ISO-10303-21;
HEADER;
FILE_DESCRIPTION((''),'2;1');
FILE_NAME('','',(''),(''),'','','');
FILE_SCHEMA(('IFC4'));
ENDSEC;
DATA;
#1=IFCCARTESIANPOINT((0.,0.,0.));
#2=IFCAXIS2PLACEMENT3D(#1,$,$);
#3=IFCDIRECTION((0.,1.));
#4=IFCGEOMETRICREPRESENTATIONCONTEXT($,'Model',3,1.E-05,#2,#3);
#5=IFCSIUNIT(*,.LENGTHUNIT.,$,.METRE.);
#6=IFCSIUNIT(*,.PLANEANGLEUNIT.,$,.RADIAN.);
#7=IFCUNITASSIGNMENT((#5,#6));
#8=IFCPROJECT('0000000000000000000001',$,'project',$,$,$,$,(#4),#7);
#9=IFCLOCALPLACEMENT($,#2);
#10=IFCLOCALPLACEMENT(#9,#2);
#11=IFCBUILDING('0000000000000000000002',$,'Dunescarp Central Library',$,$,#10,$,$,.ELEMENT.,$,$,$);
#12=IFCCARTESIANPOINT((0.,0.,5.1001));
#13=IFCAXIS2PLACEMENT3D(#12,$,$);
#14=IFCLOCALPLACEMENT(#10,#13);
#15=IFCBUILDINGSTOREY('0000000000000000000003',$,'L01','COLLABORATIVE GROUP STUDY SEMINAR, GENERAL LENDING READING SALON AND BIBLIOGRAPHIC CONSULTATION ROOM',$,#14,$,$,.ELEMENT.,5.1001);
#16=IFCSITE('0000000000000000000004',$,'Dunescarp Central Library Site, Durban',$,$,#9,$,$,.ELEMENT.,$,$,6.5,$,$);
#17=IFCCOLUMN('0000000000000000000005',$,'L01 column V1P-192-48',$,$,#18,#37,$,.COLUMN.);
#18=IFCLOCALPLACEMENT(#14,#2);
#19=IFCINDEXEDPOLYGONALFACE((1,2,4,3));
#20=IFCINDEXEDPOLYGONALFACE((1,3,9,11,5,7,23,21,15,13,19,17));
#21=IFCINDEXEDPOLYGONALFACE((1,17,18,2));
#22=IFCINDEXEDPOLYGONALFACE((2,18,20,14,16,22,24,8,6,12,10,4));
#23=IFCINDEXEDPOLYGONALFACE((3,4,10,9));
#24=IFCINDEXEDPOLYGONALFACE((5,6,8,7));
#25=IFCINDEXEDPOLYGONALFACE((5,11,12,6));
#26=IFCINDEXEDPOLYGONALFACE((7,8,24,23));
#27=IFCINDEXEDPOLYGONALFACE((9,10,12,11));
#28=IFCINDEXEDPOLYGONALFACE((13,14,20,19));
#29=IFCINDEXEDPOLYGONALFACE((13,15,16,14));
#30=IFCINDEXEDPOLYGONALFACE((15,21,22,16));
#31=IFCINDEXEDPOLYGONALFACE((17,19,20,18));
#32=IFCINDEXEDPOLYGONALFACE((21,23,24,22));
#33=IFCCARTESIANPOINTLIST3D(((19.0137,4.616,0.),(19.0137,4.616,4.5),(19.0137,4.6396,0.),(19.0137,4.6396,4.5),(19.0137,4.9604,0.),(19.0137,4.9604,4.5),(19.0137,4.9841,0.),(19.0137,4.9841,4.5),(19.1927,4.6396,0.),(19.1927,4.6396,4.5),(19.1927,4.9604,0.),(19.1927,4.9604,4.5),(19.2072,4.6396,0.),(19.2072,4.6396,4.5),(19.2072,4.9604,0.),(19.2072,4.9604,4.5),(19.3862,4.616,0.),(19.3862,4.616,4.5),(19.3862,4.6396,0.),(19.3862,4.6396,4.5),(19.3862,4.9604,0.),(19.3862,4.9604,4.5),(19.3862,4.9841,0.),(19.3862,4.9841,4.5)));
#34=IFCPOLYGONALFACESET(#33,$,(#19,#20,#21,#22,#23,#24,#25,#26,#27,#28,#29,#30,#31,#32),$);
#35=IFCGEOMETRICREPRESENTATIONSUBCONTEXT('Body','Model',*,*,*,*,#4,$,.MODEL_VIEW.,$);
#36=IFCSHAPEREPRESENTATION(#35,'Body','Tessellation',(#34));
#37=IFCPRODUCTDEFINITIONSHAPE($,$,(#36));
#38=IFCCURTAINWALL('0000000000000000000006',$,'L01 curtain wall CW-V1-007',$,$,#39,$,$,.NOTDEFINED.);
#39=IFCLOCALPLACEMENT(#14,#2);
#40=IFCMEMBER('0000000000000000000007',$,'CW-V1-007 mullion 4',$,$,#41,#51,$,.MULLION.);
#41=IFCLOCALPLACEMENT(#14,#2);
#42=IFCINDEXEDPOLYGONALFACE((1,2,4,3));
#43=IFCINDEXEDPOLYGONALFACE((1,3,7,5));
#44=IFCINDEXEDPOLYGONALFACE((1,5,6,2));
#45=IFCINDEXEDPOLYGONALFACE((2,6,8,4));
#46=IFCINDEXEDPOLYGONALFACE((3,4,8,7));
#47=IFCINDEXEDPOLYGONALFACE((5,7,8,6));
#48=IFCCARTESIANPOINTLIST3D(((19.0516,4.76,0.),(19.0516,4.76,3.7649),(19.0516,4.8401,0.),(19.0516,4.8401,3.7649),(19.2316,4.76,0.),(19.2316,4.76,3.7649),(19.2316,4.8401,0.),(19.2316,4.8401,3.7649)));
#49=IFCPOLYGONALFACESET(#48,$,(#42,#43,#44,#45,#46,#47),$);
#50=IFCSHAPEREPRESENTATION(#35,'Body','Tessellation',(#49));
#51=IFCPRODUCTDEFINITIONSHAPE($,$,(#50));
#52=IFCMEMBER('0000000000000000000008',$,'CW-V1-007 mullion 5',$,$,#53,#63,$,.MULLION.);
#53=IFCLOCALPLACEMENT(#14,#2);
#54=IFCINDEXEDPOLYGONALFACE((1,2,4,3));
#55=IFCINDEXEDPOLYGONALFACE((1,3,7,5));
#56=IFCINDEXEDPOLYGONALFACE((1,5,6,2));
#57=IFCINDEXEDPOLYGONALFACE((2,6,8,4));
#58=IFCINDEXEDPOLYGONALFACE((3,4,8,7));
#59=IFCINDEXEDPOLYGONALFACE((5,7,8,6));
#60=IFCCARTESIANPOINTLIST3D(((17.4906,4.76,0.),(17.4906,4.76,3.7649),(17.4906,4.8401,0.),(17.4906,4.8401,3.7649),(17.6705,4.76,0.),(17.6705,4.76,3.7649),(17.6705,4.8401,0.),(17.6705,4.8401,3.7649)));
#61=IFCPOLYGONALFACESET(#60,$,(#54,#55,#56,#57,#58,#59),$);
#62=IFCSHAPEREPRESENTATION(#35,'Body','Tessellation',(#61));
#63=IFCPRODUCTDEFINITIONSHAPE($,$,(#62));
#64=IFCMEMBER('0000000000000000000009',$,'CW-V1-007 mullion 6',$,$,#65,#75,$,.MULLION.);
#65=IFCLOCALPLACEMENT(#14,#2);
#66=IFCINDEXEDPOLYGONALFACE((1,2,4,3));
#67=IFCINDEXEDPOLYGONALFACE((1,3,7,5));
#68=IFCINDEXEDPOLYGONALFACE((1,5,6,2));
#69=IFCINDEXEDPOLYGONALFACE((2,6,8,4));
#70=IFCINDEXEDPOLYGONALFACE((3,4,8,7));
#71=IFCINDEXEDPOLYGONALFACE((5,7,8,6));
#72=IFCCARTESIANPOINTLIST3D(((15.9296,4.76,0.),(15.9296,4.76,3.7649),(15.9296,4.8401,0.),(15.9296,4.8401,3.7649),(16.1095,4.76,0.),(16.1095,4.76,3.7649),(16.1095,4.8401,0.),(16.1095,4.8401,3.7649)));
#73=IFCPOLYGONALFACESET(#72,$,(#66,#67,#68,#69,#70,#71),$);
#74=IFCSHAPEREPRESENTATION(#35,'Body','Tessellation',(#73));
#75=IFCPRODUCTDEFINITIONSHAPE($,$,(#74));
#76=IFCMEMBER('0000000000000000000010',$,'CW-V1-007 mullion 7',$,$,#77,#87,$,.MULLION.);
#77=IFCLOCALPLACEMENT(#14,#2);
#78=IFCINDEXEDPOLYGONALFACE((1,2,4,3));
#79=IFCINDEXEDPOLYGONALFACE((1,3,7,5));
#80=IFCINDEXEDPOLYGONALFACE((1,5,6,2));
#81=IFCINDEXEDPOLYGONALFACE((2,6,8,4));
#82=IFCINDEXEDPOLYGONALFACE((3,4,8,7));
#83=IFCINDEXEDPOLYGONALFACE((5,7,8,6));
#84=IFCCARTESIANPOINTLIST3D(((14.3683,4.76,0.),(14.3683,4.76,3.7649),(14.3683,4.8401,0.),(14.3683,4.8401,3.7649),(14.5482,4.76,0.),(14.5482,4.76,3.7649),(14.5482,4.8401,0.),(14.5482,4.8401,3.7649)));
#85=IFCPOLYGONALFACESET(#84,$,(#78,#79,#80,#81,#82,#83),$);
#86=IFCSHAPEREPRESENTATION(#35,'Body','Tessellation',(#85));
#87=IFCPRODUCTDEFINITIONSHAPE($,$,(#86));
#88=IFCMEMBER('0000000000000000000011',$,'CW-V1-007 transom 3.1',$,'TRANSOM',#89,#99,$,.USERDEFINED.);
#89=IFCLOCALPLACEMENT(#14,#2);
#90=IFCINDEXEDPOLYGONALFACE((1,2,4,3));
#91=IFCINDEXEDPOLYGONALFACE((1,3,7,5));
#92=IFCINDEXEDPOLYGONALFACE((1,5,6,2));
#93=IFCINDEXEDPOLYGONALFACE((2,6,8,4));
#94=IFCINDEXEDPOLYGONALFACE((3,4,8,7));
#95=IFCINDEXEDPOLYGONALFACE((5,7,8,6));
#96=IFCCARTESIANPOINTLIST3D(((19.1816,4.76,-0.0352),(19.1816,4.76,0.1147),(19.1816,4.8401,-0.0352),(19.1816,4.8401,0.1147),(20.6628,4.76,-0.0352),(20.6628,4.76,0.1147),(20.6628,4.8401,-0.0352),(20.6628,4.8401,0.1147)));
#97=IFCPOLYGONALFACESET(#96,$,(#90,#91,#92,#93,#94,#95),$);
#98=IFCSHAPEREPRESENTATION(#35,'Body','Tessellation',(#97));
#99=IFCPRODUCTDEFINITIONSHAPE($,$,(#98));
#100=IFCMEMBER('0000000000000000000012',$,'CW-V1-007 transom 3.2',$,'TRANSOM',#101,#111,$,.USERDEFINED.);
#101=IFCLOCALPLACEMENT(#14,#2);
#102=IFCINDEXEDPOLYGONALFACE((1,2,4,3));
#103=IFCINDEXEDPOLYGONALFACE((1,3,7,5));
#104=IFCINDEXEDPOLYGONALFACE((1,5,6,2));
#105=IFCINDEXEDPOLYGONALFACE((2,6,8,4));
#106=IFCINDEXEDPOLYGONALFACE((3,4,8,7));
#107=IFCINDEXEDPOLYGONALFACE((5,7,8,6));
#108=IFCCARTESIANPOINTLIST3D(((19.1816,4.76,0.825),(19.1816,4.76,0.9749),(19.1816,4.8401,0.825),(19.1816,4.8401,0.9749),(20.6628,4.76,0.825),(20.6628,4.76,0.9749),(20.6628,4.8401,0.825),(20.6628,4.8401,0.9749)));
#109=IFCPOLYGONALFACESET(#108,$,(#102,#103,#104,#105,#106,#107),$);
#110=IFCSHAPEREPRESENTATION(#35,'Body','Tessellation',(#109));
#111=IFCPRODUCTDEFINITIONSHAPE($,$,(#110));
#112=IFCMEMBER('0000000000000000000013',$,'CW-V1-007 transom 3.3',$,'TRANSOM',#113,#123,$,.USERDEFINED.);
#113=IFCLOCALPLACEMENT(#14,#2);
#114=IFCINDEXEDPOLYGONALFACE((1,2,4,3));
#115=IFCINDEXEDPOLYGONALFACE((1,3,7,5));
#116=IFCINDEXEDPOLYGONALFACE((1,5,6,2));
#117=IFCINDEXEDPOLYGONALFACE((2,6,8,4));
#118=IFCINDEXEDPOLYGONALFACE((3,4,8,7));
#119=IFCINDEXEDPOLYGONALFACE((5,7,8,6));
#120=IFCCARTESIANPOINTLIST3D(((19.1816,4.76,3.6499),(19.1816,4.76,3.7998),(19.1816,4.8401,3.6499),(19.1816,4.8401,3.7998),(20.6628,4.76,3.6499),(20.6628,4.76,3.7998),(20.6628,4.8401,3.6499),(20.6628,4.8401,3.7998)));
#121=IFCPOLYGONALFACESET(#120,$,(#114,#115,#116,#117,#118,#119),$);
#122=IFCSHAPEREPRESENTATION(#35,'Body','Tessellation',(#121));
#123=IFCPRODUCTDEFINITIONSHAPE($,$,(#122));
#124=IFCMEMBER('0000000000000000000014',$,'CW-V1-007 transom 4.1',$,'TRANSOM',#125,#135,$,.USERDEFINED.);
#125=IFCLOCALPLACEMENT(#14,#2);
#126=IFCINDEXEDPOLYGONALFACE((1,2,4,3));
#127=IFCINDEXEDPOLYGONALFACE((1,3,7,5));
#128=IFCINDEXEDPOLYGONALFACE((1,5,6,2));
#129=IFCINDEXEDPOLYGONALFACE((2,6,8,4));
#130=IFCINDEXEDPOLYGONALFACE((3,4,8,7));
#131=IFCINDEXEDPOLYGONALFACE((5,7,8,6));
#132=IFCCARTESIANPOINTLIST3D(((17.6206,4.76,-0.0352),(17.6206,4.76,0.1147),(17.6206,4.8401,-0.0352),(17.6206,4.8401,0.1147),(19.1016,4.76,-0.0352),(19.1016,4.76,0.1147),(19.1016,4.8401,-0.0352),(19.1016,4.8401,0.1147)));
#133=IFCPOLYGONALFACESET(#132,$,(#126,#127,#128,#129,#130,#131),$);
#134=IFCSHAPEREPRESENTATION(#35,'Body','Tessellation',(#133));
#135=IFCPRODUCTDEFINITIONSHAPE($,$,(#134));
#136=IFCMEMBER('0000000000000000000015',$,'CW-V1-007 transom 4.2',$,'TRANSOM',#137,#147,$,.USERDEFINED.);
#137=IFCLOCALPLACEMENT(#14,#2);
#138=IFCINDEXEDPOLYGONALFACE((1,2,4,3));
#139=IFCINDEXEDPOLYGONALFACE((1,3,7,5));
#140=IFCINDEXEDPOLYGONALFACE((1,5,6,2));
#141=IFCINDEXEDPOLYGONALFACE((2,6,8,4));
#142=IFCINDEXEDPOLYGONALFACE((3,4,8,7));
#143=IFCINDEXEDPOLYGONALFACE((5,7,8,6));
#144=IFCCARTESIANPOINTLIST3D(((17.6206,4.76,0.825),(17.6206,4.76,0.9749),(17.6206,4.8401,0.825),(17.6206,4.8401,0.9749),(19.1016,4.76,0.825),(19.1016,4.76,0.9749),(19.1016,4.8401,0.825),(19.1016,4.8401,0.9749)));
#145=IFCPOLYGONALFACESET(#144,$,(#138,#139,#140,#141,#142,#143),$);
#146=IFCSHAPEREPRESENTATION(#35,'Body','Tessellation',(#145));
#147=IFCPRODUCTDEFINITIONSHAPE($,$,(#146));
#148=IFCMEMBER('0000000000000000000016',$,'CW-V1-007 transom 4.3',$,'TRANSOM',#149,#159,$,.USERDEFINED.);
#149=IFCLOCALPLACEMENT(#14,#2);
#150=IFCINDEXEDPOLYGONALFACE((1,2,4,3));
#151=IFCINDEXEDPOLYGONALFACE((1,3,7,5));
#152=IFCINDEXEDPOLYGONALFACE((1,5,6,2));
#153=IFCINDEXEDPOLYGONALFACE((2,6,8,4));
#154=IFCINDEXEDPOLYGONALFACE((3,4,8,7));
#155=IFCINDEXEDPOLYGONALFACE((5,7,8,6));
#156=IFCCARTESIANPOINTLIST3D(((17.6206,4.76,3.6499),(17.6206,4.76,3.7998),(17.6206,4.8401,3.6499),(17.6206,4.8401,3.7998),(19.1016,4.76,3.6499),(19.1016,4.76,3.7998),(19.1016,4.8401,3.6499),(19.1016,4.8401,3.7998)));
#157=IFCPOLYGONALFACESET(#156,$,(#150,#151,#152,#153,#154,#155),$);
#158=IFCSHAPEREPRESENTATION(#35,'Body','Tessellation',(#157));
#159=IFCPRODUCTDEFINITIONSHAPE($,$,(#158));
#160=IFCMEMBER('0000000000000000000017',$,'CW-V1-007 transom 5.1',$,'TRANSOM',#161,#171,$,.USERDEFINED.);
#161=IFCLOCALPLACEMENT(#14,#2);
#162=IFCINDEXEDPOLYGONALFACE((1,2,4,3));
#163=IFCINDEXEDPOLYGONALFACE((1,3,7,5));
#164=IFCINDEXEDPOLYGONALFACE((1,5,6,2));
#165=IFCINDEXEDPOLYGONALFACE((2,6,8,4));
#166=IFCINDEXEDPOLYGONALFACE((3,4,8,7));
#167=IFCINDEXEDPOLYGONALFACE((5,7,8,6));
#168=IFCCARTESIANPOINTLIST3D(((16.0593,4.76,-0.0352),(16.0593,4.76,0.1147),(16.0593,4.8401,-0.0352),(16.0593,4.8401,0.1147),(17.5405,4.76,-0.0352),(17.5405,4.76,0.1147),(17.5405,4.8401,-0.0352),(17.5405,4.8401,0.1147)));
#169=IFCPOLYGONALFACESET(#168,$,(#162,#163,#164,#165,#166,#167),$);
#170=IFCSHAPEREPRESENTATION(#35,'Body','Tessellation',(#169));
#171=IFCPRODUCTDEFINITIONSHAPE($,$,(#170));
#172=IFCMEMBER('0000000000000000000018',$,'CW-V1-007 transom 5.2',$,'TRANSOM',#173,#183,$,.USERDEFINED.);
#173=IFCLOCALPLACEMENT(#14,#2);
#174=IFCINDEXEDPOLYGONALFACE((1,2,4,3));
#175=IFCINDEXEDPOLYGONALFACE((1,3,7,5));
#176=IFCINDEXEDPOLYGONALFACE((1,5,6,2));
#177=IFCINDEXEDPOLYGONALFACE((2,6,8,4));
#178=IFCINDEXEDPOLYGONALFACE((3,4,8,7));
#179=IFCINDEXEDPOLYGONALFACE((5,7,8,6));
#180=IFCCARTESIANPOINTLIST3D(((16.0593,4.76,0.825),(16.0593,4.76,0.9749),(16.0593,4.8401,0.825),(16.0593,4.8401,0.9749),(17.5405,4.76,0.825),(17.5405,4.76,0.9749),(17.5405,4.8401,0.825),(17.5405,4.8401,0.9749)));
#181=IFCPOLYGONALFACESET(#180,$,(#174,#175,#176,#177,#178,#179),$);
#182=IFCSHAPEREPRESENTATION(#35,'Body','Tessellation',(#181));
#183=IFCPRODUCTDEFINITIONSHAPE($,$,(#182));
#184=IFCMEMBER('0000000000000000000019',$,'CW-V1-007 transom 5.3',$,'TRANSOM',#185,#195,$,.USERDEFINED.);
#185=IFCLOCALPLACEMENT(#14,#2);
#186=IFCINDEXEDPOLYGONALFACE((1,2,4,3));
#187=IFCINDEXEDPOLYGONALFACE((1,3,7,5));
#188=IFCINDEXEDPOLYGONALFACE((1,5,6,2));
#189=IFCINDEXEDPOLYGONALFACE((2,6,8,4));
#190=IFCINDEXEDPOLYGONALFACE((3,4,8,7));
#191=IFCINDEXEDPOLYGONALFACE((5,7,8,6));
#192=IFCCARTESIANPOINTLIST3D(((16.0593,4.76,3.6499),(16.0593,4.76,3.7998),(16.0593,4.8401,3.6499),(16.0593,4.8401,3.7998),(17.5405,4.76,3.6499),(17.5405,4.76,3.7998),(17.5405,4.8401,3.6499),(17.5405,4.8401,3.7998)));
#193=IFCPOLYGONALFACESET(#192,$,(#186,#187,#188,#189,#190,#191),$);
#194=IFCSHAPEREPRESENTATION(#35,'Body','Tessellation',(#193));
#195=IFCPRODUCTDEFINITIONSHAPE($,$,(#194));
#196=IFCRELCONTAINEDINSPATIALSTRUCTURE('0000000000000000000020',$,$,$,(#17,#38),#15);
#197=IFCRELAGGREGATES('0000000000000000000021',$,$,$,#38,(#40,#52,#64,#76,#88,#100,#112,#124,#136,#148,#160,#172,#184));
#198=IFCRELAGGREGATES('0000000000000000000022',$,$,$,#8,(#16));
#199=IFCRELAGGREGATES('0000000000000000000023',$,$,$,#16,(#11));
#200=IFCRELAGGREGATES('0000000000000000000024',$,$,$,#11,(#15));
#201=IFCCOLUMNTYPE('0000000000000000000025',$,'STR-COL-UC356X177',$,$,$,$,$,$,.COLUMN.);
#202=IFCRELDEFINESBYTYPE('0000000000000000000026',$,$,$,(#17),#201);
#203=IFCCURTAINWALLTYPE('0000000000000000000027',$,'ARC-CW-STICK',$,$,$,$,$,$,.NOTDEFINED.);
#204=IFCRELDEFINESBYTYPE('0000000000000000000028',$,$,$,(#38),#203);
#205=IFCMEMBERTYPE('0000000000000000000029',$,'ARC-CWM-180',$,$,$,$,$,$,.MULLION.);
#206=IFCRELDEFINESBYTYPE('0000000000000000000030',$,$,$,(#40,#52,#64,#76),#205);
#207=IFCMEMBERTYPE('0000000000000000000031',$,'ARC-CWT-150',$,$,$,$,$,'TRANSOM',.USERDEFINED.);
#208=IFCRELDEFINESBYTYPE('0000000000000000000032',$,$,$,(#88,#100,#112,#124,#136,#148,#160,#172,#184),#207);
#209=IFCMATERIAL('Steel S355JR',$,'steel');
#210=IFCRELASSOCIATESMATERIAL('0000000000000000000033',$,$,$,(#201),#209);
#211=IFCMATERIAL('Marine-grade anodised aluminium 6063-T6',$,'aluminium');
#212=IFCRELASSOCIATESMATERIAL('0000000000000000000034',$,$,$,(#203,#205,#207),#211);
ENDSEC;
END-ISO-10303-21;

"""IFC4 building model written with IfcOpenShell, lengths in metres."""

from ifc_helpers import new_model, si_unit, direction, frame, origin, origin_2d, place, context, subcontext, project, spatial, rectangle, i_section, extrude, material, material_profile, profile_set, type_object, element, aggregate, save


model = new_model("IFC4")

# Units and contexts
model_context = context("Model", 3, precision=1e-05, world=origin(), true_north=direction((0.0, 1.0)))
body_context = subcontext(model_context, "Body", "Model", "MODEL_VIEW")
ifc_project = project(units=[si_unit("LENGTHUNIT", "METRE"), si_unit("PLANEANGLEUNIT", "RADIAN")], contexts=[model_context])

# Site, building, storey
site_placement = place(None, origin())
site = spatial("IfcSite", under=ifc_project, at=site_placement, Name="Dunescarp Central Library Site, Durban", CompositionType="ELEMENT", RefElevation=6.5)
building_placement = place(site_placement, origin())
building = spatial("IfcBuilding", under=site, at=building_placement, Name="Dunescarp Central Library", CompositionType="ELEMENT")
storey_placement = place(building_placement, frame((0.0, 0.0, 5.1001)))
storey = spatial("IfcBuildingStorey", under=building, at=storey_placement, Name="L01", Description="COLLABORATIVE GROUP STUDY SEMINAR, GENERAL LENDING READING SALON AND BIBLIOGRAPHIC CONSULTATION ROOM", CompositionType="ELEMENT", Elevation=5.1001)

# Column
ifc_material_1 = material(Name="Steel S355JR", Category="steel")
ifc_material_profile_1 = material_profile(ifc_material_1, i_section(OverallWidth=0.3726, OverallDepth=0.3682, WebThickness=0.0144, FlangeThickness=0.0237, at=origin_2d()), Name="UC 356x368x177")
ifc_profile_set_1 = profile_set([ifc_material_profile_1], Name="Steel S355JR")
column_type = type_object("IfcColumnType", Name="STR-COL-UC356X177", PredefinedType="COLUMN", material=ifc_profile_set_1)
column_placement = place(storey_placement, frame((19.2, 4.8, 0.0), z_axis=(0.0, 0.0, 1.0), x_axis=(1.0, 0.0, 0.0)))
element("IfcColumn", 1, at=column_placement, inside=storey, type_object=column_type, Name="L01 column V1P-192-48", PredefinedType="COLUMN", context=body_context, shape_type="SweptSolid", body=[
    extrude(i_section(OverallWidth=0.3726, OverallDepth=0.3682, WebThickness=0.0144, FlangeThickness=0.0237, at=origin_2d()), origin(), (0.0, 0.0, 1.0), 4.5),
])

# Curtain wall, members
ifc_material_2 = material(Name="Marine-grade anodised aluminium 6063-T6", Category="aluminium")
curtain_wall_type = type_object("IfcCurtainWallType", Name="ARC-CW-STICK", PredefinedType="NOTDEFINED", material=ifc_material_2)
curtain_wall_placement = place(storey_placement, origin())
curtain_wall = element("IfcCurtainWall", 2, at=curtain_wall_placement, inside=storey, type_object=curtain_wall_type, Name="L01 curtain wall CW-V1-007", PredefinedType="NOTDEFINED")
ifc_material_profile_2 = material_profile(ifc_material_2, rectangle(XDim=0.0801, YDim=0.1799, at=origin_2d()), Name="AL 80x180")
ifc_profile_set_2 = profile_set([ifc_material_profile_2], Name="Marine-grade anodised aluminium 6063-T6")
member_type_1 = type_object("IfcMemberType", Name="ARC-CWM-180", PredefinedType="MULLION", material=ifc_profile_set_2)
member_1_placement = place(storey_placement, frame((19.1416, 4.8, 0.0), z_axis=(0.0, 0.0, 1.0), x_axis=(0.0, -1.0, 0.0)))
member_1 = element("IfcMember", 3, at=member_1_placement, type_object=member_type_1, Name="CW-V1-007 mullion 4", PredefinedType="MULLION", context=body_context, shape_type="SweptSolid", body=[
    extrude(rectangle(XDim=0.0801, YDim=0.1799, at=origin_2d()), origin(), (0.0, 0.0, 1.0), 3.7649),
])
member_2_placement = place(storey_placement, frame((17.5806, 4.8, 0.0), z_axis=(0.0, 0.0, 1.0), x_axis=(0.0, -1.0, 0.0)))
member_2 = element("IfcMember", 4, at=member_2_placement, type_object=member_type_1, Name="CW-V1-007 mullion 5", PredefinedType="MULLION", context=body_context, shape_type="SweptSolid", body=[
    extrude(rectangle(XDim=0.0801, YDim=0.1799, at=origin_2d()), origin(), (0.0, 0.0, 1.0), 3.7649),
])
member_3_placement = place(storey_placement, frame((16.0195, 4.8, 0.0), z_axis=(0.0, 0.0, 1.0), x_axis=(0.0, -1.0, 0.0)))
member_3 = element("IfcMember", 5, at=member_3_placement, type_object=member_type_1, Name="CW-V1-007 mullion 6", PredefinedType="MULLION", context=body_context, shape_type="SweptSolid", body=[
    extrude(rectangle(XDim=0.0801, YDim=0.1799, at=origin_2d()), origin(), (0.0, 0.0, 1.0), 3.7649),
])
member_4_placement = place(storey_placement, frame((14.4583, 4.8, 0.0), z_axis=(0.0, 0.0, 1.0), x_axis=(0.0, -1.0, 0.0)))
member_4 = element("IfcMember", 6, at=member_4_placement, type_object=member_type_1, Name="CW-V1-007 mullion 7", PredefinedType="MULLION", context=body_context, shape_type="SweptSolid", body=[
    extrude(rectangle(XDim=0.0801, YDim=0.1799, at=origin_2d()), origin(), (0.0, 0.0, 1.0), 3.7649),
])
ifc_material_profile_3 = material_profile(ifc_material_2, rectangle(XDim=0.0801, YDim=0.1499, at=origin_2d()), Name="AL 80x150")
ifc_profile_set_3 = profile_set([ifc_material_profile_3], Name="Marine-grade anodised aluminium 6063-T6")
member_type_2 = type_object("IfcMemberType", Name="ARC-CWT-150", ElementType="TRANSOM", PredefinedType="USERDEFINED", material=ifc_profile_set_3)
member_5_placement = place(storey_placement, frame((20.6628, 4.8, 0.0398), z_axis=(-1.0, 0.0, 0.0), x_axis=(0.0, -1.0, 0.0)))
member_5 = element("IfcMember", 7, at=member_5_placement, type_object=member_type_2, Name="CW-V1-007 transom 3.1", ObjectType="TRANSOM", PredefinedType="USERDEFINED", context=body_context, shape_type="SweptSolid", body=[
    extrude(rectangle(XDim=0.0801, YDim=0.1499, at=origin_2d()), origin(), (0.0, 0.0, 1.0), 1.4812),
])
member_6_placement = place(storey_placement, frame((20.6628, 4.8, 0.8999), z_axis=(-1.0, 0.0, 0.0), x_axis=(0.0, -1.0, 0.0)))
member_6 = element("IfcMember", 8, at=member_6_placement, type_object=member_type_2, Name="CW-V1-007 transom 3.2", ObjectType="TRANSOM", PredefinedType="USERDEFINED", context=body_context, shape_type="SweptSolid", body=[
    extrude(rectangle(XDim=0.0801, YDim=0.1499, at=origin_2d()), origin(), (0.0, 0.0, 1.0), 1.4812),
])
member_7_placement = place(storey_placement, frame((20.6628, 4.8, 3.7249), z_axis=(-1.0, 0.0, 0.0), x_axis=(0.0, -1.0, 0.0)))
member_7 = element("IfcMember", 9, at=member_7_placement, type_object=member_type_2, Name="CW-V1-007 transom 3.3", ObjectType="TRANSOM", PredefinedType="USERDEFINED", context=body_context, shape_type="SweptSolid", body=[
    extrude(rectangle(XDim=0.0801, YDim=0.1499, at=origin_2d()), origin(), (0.0, 0.0, 1.0), 1.4812),
])
member_8_placement = place(storey_placement, frame((19.1016, 4.8, 0.0398), z_axis=(-1.0, 0.0, 0.0), x_axis=(0.0, -1.0, 0.0)))
member_8 = element("IfcMember", 10, at=member_8_placement, type_object=member_type_2, Name="CW-V1-007 transom 4.1", ObjectType="TRANSOM", PredefinedType="USERDEFINED", context=body_context, shape_type="SweptSolid", body=[
    extrude(rectangle(XDim=0.0801, YDim=0.1499, at=origin_2d()), origin(), (0.0, 0.0, 1.0), 1.481),
])
member_9_placement = place(storey_placement, frame((19.1016, 4.8, 0.8999), z_axis=(-1.0, 0.0, 0.0), x_axis=(0.0, -1.0, 0.0)))
member_9 = element("IfcMember", 11, at=member_9_placement, type_object=member_type_2, Name="CW-V1-007 transom 4.2", ObjectType="TRANSOM", PredefinedType="USERDEFINED", context=body_context, shape_type="SweptSolid", body=[
    extrude(rectangle(XDim=0.0801, YDim=0.1499, at=origin_2d()), origin(), (0.0, 0.0, 1.0), 1.481),
])
member_10_placement = place(storey_placement, frame((19.1016, 4.8, 3.7249), z_axis=(-1.0, 0.0, 0.0), x_axis=(0.0, -1.0, 0.0)))
member_10 = element("IfcMember", 12, at=member_10_placement, type_object=member_type_2, Name="CW-V1-007 transom 4.3", ObjectType="TRANSOM", PredefinedType="USERDEFINED", context=body_context, shape_type="SweptSolid", body=[
    extrude(rectangle(XDim=0.0801, YDim=0.1499, at=origin_2d()), origin(), (0.0, 0.0, 1.0), 1.481),
])
member_11_placement = place(storey_placement, frame((17.5405, 4.8, 0.0398), z_axis=(-1.0, 0.0, 0.0), x_axis=(0.0, -1.0, 0.0)))
member_11 = element("IfcMember", 13, at=member_11_placement, type_object=member_type_2, Name="CW-V1-007 transom 5.1", ObjectType="TRANSOM", PredefinedType="USERDEFINED", context=body_context, shape_type="SweptSolid", body=[
    extrude(rectangle(XDim=0.0801, YDim=0.1499, at=origin_2d()), origin(), (0.0, 0.0, 1.0), 1.4812),
])
member_12_placement = place(storey_placement, frame((17.5405, 4.8, 0.8999), z_axis=(-1.0, 0.0, 0.0), x_axis=(0.0, -1.0, 0.0)))
member_12 = element("IfcMember", 14, at=member_12_placement, type_object=member_type_2, Name="CW-V1-007 transom 5.2", ObjectType="TRANSOM", PredefinedType="USERDEFINED", context=body_context, shape_type="SweptSolid", body=[
    extrude(rectangle(XDim=0.0801, YDim=0.1499, at=origin_2d()), origin(), (0.0, 0.0, 1.0), 1.4812),
])
member_13_placement = place(storey_placement, frame((17.5405, 4.8, 3.7249), z_axis=(-1.0, 0.0, 0.0), x_axis=(0.0, -1.0, 0.0)))
member_13 = element("IfcMember", 15, at=member_13_placement, type_object=member_type_2, Name="CW-V1-007 transom 5.3", ObjectType="TRANSOM", PredefinedType="USERDEFINED", context=body_context, shape_type="SweptSolid", body=[
    extrude(rectangle(XDim=0.0801, YDim=0.1499, at=origin_2d()), origin(), (0.0, 0.0, 1.0), 1.4812),
])

aggregate(curtain_wall, [member_1, member_2, member_3, member_4, member_5, member_6, member_7, member_8, member_9, member_10, member_11, member_12, member_13])

save(model, "model.ifc")
